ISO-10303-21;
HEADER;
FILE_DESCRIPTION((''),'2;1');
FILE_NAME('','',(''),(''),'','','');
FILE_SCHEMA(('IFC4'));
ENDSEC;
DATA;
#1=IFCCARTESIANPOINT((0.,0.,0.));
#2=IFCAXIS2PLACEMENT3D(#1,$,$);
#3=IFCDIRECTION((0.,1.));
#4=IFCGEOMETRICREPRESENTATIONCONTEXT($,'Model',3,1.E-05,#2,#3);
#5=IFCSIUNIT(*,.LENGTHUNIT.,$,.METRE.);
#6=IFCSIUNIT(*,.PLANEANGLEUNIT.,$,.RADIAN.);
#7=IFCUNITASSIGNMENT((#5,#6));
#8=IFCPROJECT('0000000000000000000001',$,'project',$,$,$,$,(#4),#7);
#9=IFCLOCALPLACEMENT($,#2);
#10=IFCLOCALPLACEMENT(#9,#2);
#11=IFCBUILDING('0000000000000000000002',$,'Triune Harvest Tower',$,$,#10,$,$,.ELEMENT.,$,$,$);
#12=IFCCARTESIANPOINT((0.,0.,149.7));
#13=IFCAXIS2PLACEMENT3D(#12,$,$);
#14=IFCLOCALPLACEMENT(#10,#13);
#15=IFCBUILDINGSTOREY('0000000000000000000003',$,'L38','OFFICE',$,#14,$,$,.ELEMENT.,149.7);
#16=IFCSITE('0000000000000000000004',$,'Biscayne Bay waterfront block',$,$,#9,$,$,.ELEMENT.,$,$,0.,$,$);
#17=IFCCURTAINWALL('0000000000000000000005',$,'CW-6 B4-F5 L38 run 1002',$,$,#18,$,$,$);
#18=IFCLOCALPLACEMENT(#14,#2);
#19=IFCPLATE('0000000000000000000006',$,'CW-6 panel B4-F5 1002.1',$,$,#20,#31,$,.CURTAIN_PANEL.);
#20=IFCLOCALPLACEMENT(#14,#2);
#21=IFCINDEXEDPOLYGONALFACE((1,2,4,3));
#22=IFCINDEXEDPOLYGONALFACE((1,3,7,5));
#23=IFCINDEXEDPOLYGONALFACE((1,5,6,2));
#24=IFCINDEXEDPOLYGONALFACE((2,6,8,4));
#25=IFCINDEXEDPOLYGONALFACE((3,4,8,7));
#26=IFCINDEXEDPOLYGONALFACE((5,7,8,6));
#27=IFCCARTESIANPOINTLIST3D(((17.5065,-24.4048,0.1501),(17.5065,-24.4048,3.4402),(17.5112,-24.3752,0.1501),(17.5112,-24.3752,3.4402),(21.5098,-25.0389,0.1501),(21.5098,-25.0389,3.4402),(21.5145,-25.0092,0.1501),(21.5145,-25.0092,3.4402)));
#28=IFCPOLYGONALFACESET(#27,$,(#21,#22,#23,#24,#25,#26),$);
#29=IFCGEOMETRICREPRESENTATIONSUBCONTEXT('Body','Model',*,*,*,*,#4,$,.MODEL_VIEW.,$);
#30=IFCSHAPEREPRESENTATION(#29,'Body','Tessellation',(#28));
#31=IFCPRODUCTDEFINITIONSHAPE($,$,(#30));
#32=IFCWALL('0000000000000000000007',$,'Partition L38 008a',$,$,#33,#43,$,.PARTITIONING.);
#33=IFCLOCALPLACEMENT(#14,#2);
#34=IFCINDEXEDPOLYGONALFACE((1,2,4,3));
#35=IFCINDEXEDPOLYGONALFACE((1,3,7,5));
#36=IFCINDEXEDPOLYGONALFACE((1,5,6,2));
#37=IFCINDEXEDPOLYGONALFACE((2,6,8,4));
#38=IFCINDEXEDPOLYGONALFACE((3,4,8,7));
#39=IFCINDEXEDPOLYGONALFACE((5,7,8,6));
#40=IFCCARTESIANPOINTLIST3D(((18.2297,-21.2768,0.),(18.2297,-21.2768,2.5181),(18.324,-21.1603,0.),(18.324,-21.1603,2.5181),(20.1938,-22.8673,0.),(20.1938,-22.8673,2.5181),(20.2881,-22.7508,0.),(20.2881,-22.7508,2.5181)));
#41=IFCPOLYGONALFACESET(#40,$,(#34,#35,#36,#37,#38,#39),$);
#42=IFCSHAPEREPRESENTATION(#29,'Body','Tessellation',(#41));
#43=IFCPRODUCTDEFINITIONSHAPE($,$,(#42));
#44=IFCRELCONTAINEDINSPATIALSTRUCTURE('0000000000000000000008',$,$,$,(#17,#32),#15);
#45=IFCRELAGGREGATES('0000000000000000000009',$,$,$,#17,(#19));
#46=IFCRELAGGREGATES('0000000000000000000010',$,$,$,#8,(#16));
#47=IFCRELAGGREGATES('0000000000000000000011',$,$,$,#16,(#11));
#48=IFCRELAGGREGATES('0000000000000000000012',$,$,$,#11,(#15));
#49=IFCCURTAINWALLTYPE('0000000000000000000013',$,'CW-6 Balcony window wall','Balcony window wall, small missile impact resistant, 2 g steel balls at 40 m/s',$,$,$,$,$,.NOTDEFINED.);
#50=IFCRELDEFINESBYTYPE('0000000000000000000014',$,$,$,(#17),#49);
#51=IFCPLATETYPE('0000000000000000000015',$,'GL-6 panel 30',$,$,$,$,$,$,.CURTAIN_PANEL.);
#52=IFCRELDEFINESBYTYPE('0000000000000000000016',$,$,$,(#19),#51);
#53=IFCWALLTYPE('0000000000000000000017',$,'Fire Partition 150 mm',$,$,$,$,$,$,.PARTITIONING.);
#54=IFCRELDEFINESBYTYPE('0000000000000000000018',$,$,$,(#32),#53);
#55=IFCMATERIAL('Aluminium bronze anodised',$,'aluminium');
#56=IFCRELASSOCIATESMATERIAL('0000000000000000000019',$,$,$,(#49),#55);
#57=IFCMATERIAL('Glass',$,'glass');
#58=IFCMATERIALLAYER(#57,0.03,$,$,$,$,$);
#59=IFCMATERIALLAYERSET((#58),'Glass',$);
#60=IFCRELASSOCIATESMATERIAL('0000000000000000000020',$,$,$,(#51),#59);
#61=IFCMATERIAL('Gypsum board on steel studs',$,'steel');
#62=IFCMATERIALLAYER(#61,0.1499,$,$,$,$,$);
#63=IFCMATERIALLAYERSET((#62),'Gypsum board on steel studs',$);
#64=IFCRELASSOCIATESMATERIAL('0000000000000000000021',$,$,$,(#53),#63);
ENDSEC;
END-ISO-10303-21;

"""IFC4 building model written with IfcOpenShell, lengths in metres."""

from ifc_helpers import new_model, si_unit, direction, frame, frame_2d, origin, origin_2d, place, context, subcontext, project, spatial, rectangle, extrude, source, transform, mapped, material, layer, layer_set, type_object, element, aggregate, save


model = new_model("IFC4")

# Units and contexts
model_context = context("Model", 3, precision=1e-05, world=origin(), true_north=direction((0.0, 1.0)))
body_context = subcontext(model_context, "Body", "Model", "MODEL_VIEW")
ifc_project = project(units=[si_unit("LENGTHUNIT", "METRE"), si_unit("PLANEANGLEUNIT", "RADIAN")], contexts=[model_context])

# Site, building, storey
site_placement = place(None, origin())
site = spatial("IfcSite", under=ifc_project, at=site_placement, Name="Biscayne Bay waterfront block", CompositionType="ELEMENT", RefElevation=0.0)
building_placement = place(site_placement, origin())
building = spatial("IfcBuilding", under=site, at=building_placement, Name="Triune Harvest Tower", CompositionType="ELEMENT")
storey_placement = place(building_placement, frame((0.0, 0.0, 149.7)))
storey = spatial("IfcBuildingStorey", under=building, at=storey_placement, Name="L38", Description="OFFICE", CompositionType="ELEMENT", Elevation=149.7)

# Curtain wall
ifc_material_1 = material(Name="Aluminium bronze anodised", Category="aluminium")
curtain_wall_type_1 = type_object("IfcCurtainWallType", Name="CW-6 Balcony window wall", Description="Balcony window wall, small missile impact resistant, 2 g steel balls at 40 m/s", PredefinedType="NOTDEFINED", material=ifc_material_1)
curtain_wall_1_placement = place(storey_placement, origin())
curtain_wall_1 = element("IfcCurtainWall", 1, at=curtain_wall_1_placement, inside=storey, type_object=curtain_wall_type_1, Name="CW-6 B4-F5 L38 run 1002")

# Plate
ifc_material_2 = material(Name="Glass", Category="glass")
ifc_layer_1 = layer(ifc_material_2, 0.03)
ifc_layer_set_1 = layer_set([ifc_layer_1], Name="Glass")
plate_type_1 = type_object("IfcPlateType", Name="GL-6 panel 30", PredefinedType="CURTAIN_PANEL", material=ifc_layer_set_1)
shared_shape_1 = source(origin(), body_context, "Body", "SweptSolid", [
    extrude(rectangle(XDim=4.0532, YDim=0.03, at=origin_2d()), origin(), (0.0, 0.0, 1.0), 3.29),
])
plate_1_placement = place(storey_placement, frame((19.5105, -24.707, 0.1501), z_axis=(0.0, 0.0, 1.0), x_axis=(0.987688, -0.156435, 0.0)))
plate_1 = element("IfcPlate", 2, at=plate_1_placement, type_object=plate_type_1, Name="CW-6 panel B4-F5 1002.1", PredefinedType="CURTAIN_PANEL", context=body_context, shape_type="MappedRepresentation", body=[
    mapped(shared_shape_1, transform((0.0, 0.0, 0.0), scale=1.0)),
])
aggregate(curtain_wall_1, [plate_1])

# Wall
ifc_material_3 = material(Name="Gypsum board on steel studs", Category="steel")
ifc_layer_2 = layer(ifc_material_3, 0.1499)
ifc_layer_set_2 = layer_set([ifc_layer_2], Name="Gypsum board on steel studs")
wall_type = type_object("IfcWallType", Name="Fire Partition 150 mm", PredefinedType="PARTITIONING", material=ifc_layer_set_2)
shared_shape_2 = source(origin(), body_context, "Body", "SweptSolid", [
    extrude(rectangle(XDim=2.5273, YDim=0.1499, at=frame_2d((1.2637, 0.0))), origin(), (0.0, 0.0, 1.0), 2.5181),
])
wall_placement = place(storey_placement, frame((18.2769, -21.2185, 0.0), z_axis=(0.0, 0.0, 1.0), x_axis=(0.777132, -0.629337, 0.0)))
element("IfcWall", 3, at=wall_placement, inside=storey, type_object=wall_type, Name="Partition L38 008a", PredefinedType="PARTITIONING", context=body_context, shape_type="MappedRepresentation", body=[
    mapped(shared_shape_2, transform((0.0, 0.0, 0.0), scale=1.0)),
])

save(model, "model.ifc")
